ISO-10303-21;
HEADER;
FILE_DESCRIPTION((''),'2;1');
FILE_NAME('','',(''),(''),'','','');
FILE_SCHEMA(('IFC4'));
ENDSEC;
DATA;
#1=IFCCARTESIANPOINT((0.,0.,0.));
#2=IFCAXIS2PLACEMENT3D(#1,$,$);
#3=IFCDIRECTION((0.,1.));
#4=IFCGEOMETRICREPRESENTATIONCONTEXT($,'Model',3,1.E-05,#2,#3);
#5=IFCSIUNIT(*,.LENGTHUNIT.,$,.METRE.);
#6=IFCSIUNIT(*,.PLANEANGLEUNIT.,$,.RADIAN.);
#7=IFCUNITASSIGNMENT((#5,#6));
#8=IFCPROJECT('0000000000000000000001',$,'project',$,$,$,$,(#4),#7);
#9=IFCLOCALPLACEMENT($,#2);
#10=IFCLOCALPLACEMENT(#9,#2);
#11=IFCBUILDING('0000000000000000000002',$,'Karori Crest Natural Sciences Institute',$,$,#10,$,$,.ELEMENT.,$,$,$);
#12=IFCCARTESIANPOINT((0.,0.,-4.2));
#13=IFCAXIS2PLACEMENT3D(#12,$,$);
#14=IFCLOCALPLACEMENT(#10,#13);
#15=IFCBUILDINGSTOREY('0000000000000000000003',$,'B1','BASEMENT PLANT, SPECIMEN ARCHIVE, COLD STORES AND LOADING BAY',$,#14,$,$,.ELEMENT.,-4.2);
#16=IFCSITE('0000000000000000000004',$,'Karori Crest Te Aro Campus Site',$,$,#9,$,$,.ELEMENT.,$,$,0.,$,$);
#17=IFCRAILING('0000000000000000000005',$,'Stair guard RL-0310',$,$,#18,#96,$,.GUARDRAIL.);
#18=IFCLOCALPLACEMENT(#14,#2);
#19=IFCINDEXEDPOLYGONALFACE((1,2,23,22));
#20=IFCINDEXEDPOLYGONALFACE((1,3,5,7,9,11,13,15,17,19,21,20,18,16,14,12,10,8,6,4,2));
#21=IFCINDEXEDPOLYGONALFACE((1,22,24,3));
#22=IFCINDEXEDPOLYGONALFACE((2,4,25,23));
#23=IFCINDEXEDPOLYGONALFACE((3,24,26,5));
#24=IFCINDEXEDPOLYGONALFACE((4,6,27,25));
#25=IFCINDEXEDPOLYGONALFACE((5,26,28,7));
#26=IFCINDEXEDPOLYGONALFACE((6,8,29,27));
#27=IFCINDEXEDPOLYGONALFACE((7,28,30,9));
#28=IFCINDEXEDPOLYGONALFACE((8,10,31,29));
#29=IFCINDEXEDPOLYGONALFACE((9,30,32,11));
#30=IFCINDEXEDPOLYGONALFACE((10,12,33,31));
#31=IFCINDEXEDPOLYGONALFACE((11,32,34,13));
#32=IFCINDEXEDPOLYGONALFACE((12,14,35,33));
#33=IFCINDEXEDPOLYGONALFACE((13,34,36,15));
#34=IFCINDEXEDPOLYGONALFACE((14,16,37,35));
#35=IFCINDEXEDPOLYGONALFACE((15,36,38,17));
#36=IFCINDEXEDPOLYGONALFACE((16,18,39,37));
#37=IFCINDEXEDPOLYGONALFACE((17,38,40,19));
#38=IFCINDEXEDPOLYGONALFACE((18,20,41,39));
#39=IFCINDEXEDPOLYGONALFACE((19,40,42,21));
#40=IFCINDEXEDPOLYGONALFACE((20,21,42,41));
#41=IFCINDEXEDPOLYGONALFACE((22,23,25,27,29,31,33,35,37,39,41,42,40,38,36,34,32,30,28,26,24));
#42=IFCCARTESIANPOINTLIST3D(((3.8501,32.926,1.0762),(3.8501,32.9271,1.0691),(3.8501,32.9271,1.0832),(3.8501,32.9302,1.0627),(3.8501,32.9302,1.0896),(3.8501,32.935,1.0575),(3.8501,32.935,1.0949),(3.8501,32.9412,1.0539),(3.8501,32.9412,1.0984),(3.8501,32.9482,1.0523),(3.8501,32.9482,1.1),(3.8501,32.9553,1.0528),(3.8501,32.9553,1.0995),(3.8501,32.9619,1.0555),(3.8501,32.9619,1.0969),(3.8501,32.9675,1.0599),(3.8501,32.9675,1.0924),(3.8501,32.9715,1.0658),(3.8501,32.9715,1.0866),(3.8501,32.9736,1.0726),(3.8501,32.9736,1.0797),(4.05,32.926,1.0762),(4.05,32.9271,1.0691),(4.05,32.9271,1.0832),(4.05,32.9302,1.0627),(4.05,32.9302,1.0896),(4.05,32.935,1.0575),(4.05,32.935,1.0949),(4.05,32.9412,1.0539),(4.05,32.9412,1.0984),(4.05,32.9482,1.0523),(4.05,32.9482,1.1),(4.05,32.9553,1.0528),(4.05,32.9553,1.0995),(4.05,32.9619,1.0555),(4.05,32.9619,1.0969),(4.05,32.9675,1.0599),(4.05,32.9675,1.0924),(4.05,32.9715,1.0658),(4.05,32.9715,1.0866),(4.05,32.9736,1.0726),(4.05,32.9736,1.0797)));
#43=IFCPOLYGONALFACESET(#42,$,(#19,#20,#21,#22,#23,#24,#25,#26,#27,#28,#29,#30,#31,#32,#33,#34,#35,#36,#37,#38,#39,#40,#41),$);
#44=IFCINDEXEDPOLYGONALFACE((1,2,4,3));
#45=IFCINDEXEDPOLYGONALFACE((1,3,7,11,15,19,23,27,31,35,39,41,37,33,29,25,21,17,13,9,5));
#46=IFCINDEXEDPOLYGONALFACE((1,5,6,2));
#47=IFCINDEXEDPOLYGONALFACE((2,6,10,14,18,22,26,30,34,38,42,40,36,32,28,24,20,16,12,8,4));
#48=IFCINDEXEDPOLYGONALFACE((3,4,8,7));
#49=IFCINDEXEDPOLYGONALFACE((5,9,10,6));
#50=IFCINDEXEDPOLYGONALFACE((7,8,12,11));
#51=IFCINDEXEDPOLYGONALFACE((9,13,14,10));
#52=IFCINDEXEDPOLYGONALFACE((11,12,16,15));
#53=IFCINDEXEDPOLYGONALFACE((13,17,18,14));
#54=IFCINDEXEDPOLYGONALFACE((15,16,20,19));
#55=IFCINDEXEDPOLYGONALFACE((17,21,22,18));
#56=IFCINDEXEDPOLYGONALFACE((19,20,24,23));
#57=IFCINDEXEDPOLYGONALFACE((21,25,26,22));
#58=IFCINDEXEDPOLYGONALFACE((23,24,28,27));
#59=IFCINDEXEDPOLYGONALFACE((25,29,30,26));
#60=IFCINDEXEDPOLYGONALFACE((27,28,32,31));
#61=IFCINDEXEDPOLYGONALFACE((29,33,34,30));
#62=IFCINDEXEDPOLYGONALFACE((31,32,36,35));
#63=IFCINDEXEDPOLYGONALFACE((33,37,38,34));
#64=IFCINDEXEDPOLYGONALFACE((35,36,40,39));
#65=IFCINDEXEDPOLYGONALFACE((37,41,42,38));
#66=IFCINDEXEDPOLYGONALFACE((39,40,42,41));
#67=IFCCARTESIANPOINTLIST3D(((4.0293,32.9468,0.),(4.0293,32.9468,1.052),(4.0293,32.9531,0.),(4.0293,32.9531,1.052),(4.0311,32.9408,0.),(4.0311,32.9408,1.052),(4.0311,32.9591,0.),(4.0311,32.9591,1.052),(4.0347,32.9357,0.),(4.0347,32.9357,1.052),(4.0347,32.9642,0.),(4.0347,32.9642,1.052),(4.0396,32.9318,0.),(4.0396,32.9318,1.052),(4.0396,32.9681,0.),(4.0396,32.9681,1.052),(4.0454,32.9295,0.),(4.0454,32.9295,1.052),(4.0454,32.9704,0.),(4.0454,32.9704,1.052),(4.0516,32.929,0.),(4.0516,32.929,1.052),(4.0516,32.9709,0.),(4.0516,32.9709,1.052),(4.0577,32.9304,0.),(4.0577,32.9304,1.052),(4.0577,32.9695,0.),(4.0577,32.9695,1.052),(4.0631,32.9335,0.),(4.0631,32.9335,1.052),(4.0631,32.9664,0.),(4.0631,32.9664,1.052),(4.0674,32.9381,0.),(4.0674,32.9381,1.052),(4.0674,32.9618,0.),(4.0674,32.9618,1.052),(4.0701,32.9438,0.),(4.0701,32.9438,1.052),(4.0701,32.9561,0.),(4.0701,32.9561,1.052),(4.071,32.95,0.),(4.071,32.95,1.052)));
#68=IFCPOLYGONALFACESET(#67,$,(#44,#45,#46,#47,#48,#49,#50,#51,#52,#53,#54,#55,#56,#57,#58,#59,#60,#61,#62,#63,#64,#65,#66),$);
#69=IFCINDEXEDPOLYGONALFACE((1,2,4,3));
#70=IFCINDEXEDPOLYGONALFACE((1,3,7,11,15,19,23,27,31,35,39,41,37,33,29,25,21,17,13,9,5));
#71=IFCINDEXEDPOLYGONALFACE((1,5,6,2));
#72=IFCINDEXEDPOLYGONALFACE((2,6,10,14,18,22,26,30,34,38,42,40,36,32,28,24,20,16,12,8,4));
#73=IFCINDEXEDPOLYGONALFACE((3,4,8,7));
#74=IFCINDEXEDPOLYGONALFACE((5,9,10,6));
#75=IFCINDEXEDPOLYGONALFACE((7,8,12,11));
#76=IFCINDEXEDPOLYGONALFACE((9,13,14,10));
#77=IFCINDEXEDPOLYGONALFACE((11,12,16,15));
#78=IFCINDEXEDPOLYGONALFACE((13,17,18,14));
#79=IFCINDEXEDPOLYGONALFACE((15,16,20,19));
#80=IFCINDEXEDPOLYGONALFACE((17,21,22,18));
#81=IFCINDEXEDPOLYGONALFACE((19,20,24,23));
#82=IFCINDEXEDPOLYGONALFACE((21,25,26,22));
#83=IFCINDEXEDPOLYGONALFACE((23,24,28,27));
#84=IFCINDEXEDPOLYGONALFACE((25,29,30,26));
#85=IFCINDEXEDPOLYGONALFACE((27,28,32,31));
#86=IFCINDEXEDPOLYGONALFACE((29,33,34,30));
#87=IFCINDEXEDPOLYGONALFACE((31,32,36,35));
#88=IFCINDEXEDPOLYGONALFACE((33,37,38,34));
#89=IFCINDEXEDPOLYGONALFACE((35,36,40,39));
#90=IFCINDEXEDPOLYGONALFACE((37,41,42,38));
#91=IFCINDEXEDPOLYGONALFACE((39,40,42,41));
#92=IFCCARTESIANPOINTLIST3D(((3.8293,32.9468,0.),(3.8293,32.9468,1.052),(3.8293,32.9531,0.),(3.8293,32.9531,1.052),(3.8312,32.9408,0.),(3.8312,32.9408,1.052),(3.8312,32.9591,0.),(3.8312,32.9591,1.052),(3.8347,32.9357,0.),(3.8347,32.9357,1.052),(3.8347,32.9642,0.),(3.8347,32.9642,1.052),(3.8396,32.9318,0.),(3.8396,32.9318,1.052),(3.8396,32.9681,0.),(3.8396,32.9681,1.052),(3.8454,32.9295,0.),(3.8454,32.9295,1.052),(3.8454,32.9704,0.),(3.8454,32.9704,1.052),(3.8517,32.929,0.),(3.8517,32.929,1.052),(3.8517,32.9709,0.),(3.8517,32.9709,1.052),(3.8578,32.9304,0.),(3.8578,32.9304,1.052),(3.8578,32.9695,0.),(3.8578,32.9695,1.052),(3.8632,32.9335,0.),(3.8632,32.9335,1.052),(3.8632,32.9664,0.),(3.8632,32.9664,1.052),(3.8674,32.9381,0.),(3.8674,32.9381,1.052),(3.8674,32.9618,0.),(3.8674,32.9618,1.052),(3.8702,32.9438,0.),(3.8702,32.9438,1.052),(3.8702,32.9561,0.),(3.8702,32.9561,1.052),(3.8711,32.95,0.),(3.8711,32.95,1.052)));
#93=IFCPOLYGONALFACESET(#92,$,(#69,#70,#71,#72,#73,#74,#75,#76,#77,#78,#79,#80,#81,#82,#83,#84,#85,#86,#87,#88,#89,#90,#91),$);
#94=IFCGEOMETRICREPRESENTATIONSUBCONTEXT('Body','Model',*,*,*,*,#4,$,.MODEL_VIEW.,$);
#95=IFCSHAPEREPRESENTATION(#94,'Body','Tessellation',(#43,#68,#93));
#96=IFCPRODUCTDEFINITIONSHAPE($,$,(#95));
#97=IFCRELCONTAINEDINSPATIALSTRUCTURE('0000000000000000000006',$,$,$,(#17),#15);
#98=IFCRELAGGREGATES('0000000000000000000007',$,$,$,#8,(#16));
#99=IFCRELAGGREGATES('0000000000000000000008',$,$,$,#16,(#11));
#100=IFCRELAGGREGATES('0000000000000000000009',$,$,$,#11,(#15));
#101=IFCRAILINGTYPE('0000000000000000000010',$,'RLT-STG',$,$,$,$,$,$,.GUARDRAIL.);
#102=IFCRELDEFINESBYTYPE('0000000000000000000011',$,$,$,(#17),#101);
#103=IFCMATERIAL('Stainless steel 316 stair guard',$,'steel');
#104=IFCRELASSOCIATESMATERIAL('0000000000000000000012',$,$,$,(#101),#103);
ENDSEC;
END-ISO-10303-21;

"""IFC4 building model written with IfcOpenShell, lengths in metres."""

from ifc_helpers import new_model, si_unit, direction, frame, origin, origin_2d, place, context, subcontext, project, spatial, circle, extrude, material, type_object, element, save


model = new_model("IFC4")

# Units and contexts
model_context = context("Model", 3, precision=1e-05, world=origin(), true_north=direction((0.0, 1.0)))
body_context = subcontext(model_context, "Body", "Model", "MODEL_VIEW")
ifc_project = project(units=[si_unit("LENGTHUNIT", "METRE"), si_unit("PLANEANGLEUNIT", "RADIAN")], contexts=[model_context])

# Site, building, storey
site_placement = place(None, origin())
site = spatial("IfcSite", under=ifc_project, at=site_placement, Name="Karori Crest Te Aro Campus Site", CompositionType="ELEMENT", RefElevation=0.0)
building_placement = place(site_placement, origin())
building = spatial("IfcBuilding", under=site, at=building_placement, Name="Karori Crest Natural Sciences Institute", CompositionType="ELEMENT")
storey_placement = place(building_placement, frame((0.0, 0.0, -4.2)))
storey = spatial("IfcBuildingStorey", under=building, at=storey_placement, Name="B1", Description="BASEMENT PLANT, SPECIMEN ARCHIVE, COLD STORES AND LOADING BAY", CompositionType="ELEMENT", Elevation=-4.2)

# Railing
ifc_material_1 = material(Name="Stainless steel 316 stair guard", Category="steel")
railing_type_1 = type_object("IfcRailingType", Name="RLT-STG", PredefinedType="GUARDRAIL", material=ifc_material_1)
railing_1_placement = place(storey_placement, frame((4.05, 32.95, 0.0)))
element("IfcRailing", 1, at=railing_1_placement, inside=storey, type_object=railing_type_1, Name="Stair guard RL-0310", PredefinedType="GUARDRAIL", context=body_context, shape_type="SweptSolid", body=[
    extrude(circle(Radius=0.0239, at=origin_2d()), frame((0.0, 0.0, 1.0762), z_axis=(-1.0, 0.0, 0.0), x_axis=(0.0, -1.0, 0.0)), (0.0, 0.0, 1.0), 0.2),
    extrude(circle(Radius=0.021, at=origin_2d()), origin(), (0.0, 0.0, 1.0), 1.052),
    extrude(circle(Radius=0.021, at=origin_2d()), frame((-0.2, 0.0, 0.0)), (0.0, 0.0, 1.0), 1.052),
])

save(model, "model.ifc")
